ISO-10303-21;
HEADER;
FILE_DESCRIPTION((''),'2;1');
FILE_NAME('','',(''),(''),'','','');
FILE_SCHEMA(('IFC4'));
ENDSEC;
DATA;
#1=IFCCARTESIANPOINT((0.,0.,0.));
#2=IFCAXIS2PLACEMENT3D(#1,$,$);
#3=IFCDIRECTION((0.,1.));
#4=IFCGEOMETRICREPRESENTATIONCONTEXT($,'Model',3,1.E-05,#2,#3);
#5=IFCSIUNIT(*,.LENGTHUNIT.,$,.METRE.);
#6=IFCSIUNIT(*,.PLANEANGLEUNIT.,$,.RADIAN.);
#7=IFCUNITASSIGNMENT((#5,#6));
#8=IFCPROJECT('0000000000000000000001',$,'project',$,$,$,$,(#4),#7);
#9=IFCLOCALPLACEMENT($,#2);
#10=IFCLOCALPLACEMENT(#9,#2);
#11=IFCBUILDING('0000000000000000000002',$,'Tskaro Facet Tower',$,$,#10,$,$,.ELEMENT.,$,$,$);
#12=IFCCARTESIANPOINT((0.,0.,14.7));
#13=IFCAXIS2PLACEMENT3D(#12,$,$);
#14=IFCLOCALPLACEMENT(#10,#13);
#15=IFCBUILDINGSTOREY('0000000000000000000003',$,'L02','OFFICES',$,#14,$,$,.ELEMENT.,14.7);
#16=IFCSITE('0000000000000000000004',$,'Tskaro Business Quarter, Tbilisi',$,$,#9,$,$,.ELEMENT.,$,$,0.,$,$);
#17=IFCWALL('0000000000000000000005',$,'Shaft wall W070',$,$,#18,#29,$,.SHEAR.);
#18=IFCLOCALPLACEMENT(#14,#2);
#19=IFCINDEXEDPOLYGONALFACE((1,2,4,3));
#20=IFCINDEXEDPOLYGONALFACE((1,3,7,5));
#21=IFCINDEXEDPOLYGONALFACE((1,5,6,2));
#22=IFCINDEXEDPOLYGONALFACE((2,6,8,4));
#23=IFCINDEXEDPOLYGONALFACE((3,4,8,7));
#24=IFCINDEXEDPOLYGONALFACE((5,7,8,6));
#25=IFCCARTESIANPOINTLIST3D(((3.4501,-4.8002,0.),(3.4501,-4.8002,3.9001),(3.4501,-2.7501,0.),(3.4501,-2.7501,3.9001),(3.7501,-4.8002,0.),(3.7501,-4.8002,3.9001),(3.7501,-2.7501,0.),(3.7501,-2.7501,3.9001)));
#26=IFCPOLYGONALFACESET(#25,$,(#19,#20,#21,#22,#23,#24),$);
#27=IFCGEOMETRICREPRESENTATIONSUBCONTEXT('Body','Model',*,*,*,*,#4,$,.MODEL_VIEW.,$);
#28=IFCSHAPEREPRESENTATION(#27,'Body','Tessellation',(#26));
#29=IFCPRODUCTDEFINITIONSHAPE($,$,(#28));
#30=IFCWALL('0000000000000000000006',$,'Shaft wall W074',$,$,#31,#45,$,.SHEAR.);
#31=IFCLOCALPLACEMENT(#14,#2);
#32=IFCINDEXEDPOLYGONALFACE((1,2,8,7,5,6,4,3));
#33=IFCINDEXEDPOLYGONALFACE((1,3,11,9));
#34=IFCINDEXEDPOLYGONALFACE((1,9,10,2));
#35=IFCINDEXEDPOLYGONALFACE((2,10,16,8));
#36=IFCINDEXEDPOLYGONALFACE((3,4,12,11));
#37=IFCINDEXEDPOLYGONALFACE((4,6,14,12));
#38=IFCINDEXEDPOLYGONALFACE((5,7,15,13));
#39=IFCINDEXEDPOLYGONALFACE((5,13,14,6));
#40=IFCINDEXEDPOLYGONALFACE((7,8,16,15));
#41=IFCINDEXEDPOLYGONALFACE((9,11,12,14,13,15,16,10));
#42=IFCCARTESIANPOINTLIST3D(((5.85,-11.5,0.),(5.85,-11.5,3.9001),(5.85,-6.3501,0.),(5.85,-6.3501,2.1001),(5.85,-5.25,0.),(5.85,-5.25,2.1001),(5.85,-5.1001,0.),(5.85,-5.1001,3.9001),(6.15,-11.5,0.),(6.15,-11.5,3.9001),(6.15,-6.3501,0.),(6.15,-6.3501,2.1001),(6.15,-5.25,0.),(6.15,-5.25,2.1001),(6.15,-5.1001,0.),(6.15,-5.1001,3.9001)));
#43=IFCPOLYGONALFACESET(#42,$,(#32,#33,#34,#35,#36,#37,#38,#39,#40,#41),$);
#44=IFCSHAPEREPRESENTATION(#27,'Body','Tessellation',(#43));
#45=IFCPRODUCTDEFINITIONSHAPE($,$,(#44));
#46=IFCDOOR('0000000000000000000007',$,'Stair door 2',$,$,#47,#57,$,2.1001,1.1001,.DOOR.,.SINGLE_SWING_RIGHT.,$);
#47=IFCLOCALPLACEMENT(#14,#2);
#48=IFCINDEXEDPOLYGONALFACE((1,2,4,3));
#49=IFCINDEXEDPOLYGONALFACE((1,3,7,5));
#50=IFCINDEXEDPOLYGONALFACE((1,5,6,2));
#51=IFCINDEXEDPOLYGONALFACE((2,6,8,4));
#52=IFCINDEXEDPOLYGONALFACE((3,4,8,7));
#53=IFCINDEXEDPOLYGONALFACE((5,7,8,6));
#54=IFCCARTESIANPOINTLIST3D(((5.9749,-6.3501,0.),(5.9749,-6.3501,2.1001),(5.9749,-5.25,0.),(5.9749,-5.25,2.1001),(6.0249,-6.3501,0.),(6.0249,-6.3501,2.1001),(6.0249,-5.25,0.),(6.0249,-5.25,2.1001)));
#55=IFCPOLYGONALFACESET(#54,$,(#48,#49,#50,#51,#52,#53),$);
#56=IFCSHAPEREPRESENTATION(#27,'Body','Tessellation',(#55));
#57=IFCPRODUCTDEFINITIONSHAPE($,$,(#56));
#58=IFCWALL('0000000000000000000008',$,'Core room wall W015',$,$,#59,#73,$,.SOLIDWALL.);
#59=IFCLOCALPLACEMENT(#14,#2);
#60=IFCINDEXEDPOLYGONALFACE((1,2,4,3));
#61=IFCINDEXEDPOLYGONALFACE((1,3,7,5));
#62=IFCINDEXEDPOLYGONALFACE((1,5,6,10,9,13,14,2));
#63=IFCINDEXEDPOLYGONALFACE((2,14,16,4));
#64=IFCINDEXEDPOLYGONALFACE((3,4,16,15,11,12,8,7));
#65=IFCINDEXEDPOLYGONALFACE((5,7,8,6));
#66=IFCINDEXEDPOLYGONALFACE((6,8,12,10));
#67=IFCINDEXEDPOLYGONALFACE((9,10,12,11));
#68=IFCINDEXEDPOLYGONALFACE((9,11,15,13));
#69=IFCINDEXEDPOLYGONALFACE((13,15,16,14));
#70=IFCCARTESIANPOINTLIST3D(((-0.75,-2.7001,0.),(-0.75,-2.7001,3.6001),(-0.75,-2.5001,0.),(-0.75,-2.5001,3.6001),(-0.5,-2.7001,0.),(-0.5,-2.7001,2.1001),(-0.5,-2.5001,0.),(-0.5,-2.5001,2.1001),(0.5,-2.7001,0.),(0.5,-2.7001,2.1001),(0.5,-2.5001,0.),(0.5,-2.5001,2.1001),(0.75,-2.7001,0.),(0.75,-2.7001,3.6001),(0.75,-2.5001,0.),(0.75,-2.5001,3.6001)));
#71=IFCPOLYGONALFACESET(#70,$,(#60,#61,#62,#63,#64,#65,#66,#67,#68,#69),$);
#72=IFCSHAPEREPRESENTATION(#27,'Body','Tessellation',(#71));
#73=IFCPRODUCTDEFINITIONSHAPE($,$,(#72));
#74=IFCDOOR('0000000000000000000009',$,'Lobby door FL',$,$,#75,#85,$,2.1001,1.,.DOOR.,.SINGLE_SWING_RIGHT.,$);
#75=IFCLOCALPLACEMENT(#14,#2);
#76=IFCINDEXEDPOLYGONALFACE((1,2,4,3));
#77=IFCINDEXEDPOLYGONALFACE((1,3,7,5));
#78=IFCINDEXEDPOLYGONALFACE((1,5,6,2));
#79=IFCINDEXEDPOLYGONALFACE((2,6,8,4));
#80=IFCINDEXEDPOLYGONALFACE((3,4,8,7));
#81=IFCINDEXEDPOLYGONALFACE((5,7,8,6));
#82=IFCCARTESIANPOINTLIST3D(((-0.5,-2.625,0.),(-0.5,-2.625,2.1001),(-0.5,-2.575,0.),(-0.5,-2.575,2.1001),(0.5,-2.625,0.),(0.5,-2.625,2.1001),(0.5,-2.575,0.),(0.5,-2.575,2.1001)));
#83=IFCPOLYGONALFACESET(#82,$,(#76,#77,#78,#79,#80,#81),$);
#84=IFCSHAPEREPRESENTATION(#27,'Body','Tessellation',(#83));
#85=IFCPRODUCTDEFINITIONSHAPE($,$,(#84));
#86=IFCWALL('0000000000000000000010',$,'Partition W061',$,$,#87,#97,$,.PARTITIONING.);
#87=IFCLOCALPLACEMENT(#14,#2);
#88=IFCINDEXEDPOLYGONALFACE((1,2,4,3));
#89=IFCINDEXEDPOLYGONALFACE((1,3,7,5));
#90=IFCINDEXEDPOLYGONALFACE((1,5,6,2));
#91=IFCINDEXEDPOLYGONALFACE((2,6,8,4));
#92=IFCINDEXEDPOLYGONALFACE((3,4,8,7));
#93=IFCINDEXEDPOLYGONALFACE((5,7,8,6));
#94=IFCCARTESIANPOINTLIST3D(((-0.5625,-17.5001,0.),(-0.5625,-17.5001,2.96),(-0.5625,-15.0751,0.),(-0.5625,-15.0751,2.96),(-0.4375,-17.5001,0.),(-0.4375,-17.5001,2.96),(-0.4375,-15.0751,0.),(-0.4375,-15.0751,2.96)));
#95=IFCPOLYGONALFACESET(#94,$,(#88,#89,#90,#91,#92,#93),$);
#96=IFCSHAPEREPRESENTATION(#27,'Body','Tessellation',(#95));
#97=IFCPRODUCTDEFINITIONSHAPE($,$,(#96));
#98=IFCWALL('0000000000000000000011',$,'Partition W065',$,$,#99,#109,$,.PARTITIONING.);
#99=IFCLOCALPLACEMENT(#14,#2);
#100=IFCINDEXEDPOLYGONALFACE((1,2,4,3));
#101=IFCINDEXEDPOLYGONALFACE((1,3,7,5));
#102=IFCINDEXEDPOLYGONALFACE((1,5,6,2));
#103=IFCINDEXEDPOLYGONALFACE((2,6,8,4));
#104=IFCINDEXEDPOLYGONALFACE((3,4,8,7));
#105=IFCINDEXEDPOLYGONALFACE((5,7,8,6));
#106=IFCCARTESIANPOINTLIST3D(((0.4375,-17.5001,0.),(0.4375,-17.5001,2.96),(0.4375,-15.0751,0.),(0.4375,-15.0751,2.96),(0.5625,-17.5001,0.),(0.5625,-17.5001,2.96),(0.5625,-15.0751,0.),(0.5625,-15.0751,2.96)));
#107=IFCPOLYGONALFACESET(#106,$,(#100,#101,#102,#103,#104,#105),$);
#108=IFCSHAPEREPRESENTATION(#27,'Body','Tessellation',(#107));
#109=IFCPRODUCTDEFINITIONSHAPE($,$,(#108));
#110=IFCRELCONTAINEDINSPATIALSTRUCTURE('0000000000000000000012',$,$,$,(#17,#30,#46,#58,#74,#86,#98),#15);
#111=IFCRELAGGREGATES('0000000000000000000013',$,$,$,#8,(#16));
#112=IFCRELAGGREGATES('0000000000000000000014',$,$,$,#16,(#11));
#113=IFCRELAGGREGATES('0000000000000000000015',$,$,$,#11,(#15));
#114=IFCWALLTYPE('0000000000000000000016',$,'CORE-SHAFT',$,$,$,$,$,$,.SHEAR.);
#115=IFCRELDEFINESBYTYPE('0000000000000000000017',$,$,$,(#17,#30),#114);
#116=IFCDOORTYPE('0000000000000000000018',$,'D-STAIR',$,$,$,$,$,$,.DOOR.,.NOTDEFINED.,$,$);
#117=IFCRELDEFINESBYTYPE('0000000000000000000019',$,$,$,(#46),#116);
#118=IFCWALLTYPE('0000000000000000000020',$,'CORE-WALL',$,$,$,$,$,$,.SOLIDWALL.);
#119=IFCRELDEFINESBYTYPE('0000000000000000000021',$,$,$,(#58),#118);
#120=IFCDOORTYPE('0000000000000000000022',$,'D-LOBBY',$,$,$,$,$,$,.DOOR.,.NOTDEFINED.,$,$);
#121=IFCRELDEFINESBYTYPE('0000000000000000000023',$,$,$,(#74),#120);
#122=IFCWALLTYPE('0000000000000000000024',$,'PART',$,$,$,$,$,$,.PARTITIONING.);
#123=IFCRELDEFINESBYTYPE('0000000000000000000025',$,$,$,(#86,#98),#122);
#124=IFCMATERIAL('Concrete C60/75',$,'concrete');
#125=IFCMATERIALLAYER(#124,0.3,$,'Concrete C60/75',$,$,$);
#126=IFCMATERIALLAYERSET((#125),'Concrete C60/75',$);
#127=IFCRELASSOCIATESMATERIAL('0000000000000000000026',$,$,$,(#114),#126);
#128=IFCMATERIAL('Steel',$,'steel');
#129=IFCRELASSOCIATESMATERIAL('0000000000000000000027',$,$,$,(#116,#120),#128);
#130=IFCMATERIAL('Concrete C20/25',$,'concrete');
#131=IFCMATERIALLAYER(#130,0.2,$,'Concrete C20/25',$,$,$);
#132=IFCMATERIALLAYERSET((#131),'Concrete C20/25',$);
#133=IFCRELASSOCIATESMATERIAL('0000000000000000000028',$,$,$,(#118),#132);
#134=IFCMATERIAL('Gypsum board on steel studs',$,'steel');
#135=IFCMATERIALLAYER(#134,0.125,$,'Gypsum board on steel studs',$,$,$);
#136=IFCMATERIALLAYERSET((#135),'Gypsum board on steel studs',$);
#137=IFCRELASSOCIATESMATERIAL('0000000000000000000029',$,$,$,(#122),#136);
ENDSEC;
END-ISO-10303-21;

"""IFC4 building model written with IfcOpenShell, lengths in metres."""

from ifc_helpers import new_model, si_unit, direction, frame, frame_2d, origin, place, context, subcontext, project, spatial, rectangle, extrude, material, layer, layer_set, type_object, element, fill, save


model = new_model("IFC4")

# Units and contexts
model_context = context("Model", 3, precision=1e-05, world=origin(), true_north=direction((0.0, 1.0)))
body_context = subcontext(model_context, "Body", "Model", "MODEL_VIEW")
ifc_project = project(units=[si_unit("LENGTHUNIT", "METRE"), si_unit("PLANEANGLEUNIT", "RADIAN")], contexts=[model_context])

# Site, building, storey
site_placement = place(None, origin())
site = spatial("IfcSite", under=ifc_project, at=site_placement, Name="Tskaro Business Quarter, Tbilisi", CompositionType="ELEMENT", RefElevation=0.0)
building_placement = place(site_placement, origin())
building = spatial("IfcBuilding", under=site, at=building_placement, Name="Tskaro Facet Tower", CompositionType="ELEMENT")
storey_placement = place(building_placement, frame((0.0, 0.0, 14.7)))
storey = spatial("IfcBuildingStorey", under=building, at=storey_placement, Name="L02", Description="OFFICES", CompositionType="ELEMENT", Elevation=14.7)

# Shared definitions
ifc_material_1 = material(Name="Concrete C60/75", Category="concrete")
ifc_layer_1 = layer(ifc_material_1, 0.3, Name="Concrete C60/75")
ifc_layer_set_1 = layer_set([ifc_layer_1], Name="Concrete C60/75")
wall_type_1 = type_object("IfcWallType", Name="CORE-SHAFT", PredefinedType="SHEAR", material=ifc_layer_set_1)

# Wall
wall_1_placement = place(storey_placement, frame((3.6001, -4.8, 0.0), z_axis=(0.0, 0.0, 1.0), x_axis=(0.0, 1.0, 0.0)))
element("IfcWall", 1, at=wall_1_placement, inside=storey, type_object=wall_type_1, Name="Shaft wall W070", PredefinedType="SHEAR", context=body_context, shape_type="SweptSolid", body=[
    extrude(rectangle(XDim=2.05, YDim=0.3, at=frame_2d((1.0249, 0.0))), origin(), (0.0, 0.0, 1.0), 3.9001),
])

# Walls, openings, doors
wall_2_placement = place(storey_placement, frame((6.0, -5.1001, 0.0), z_axis=(0.0, 0.0, 1.0), x_axis=(0.0, -1.0, 0.0)))
wall_2 = element("IfcWall", 2, at=wall_2_placement, inside=storey, type_object=wall_type_1, Name="Shaft wall W074", PredefinedType="SHEAR", context=body_context, shape_type="SweptSolid", body=[
    extrude(rectangle(XDim=6.3999, YDim=0.3, at=frame_2d((3.2, 0.0))), origin(), (0.0, 0.0, 1.0), 3.9001),
])
opening_1_placement = place(wall_2_placement, frame((0.1499, 0.0, 0.0)))
opening_1 = element("IfcOpeningElement", 3, at=opening_1_placement, cuts=wall_2, PredefinedType="OPENING", context=body_context, shape_type="SweptSolid", body=[
    extrude(rectangle(XDim=1.1001, YDim=2.1001, at=frame_2d((0.55, 1.05))), frame((0.0, 0.1599, 0.0), z_axis=(0.0, -1.0, 0.0), x_axis=(1.0, 0.0, 0.0)), (0.0, 0.0, 1.0), 0.3201),
])
ifc_material_2 = material(Name="Steel", Category="steel")
door_type_1 = type_object("IfcDoorType", Name="D-STAIR", OperationType="NOTDEFINED", PredefinedType="DOOR", material=ifc_material_2)
door_1_placement = place(opening_1_placement, origin())
door_1 = element("IfcDoor", 4, at=door_1_placement, inside=storey, type_object=door_type_1, Name="Stair door 2", OperationType="SINGLE_SWING_RIGHT", OverallHeight=2.1001, OverallWidth=1.1001, PredefinedType="DOOR", context=body_context, shape_type="SweptSolid", body=[
    extrude(rectangle(XDim=1.1001, YDim=2.1001, at=frame_2d((0.55, 1.05))), frame((0.0, 0.0249, 0.0), z_axis=(0.0, -1.0, 0.0), x_axis=(1.0, 0.0, 0.0)), (0.0, 0.0, 1.0), 0.05),
])
fill(opening_1, door_1)
ifc_material_3 = material(Name="Concrete C20/25", Category="concrete")
ifc_layer_2 = layer(ifc_material_3, 0.2, Name="Concrete C20/25")
ifc_layer_set_2 = layer_set([ifc_layer_2], Name="Concrete C20/25")
wall_type_2 = type_object("IfcWallType", Name="CORE-WALL", PredefinedType="SOLIDWALL", material=ifc_layer_set_2)
wall_3_placement = place(storey_placement, frame((0.75, -2.6001, 0.0), z_axis=(0.0, 0.0, 1.0), x_axis=(-1.0, 0.0, 0.0)))
wall_3 = element("IfcWall", 5, at=wall_3_placement, inside=storey, type_object=wall_type_2, Name="Core room wall W015", PredefinedType="SOLIDWALL", context=body_context, shape_type="SweptSolid", body=[
    extrude(rectangle(XDim=1.5, YDim=0.2, at=frame_2d((0.75, 0.0))), origin(), (0.0, 0.0, 1.0), 3.6001),
])
opening_2_placement = place(wall_3_placement, frame((0.25, 0.0, 0.0)))
opening_2 = element("IfcOpeningElement", 6, at=opening_2_placement, cuts=wall_3, PredefinedType="OPENING", context=body_context, shape_type="SweptSolid", body=[
    extrude(rectangle(XDim=1.0, YDim=2.1001, at=frame_2d((0.5, 1.05))), frame((0.0, 0.1099, 0.0), z_axis=(0.0, -1.0, 0.0), x_axis=(1.0, 0.0, 0.0)), (0.0, 0.0, 1.0), 0.22),
])
door_type_2 = type_object("IfcDoorType", Name="D-LOBBY", OperationType="NOTDEFINED", PredefinedType="DOOR", material=ifc_material_2)
door_2_placement = place(opening_2_placement, origin())
door_2 = element("IfcDoor", 7, at=door_2_placement, inside=storey, type_object=door_type_2, Name="Lobby door FL", OperationType="SINGLE_SWING_RIGHT", OverallHeight=2.1001, OverallWidth=1.0, PredefinedType="DOOR", context=body_context, shape_type="SweptSolid", body=[
    extrude(rectangle(XDim=1.0, YDim=2.1001, at=frame_2d((0.5, 1.05))), frame((0.0, 0.0249, 0.0), z_axis=(0.0, -1.0, 0.0), x_axis=(1.0, 0.0, 0.0)), (0.0, 0.0, 1.0), 0.05),
])
fill(opening_2, door_2)

# Walls
ifc_material_4 = material(Name="Gypsum board on steel studs", Category="steel")
ifc_layer_3 = layer(ifc_material_4, 0.125, Name="Gypsum board on steel studs")
ifc_layer_set_3 = layer_set([ifc_layer_3], Name="Gypsum board on steel studs")
wall_type_3 = type_object("IfcWallType", Name="PART", PredefinedType="PARTITIONING", material=ifc_layer_set_3)
for number, where, z_axis, x_axis, name in (
    (8, (-0.5, -17.5, 0.0), (0.0, 0.0, 1.0), (0.0, 1.0, 0.0), "Partition W061"),
    (9, (0.5, -17.5, 0.0), (0.0, 0.0, 1.0), (0.0, 1.0, 0.0), "Partition W065"),
):
    element("IfcWall", number, at=place(storey_placement, frame(where, z_axis=z_axis, x_axis=x_axis)), inside=storey, type_object=wall_type_3, Name=name, PredefinedType="PARTITIONING", context=body_context, shape_type="SweptSolid", body=[
        extrude(rectangle(XDim=2.425, YDim=0.125, at=frame_2d((1.2124, 0.0))), origin(), (0.0, 0.0, 1.0), 2.96),
    ])

save(model, "model.ifc")
